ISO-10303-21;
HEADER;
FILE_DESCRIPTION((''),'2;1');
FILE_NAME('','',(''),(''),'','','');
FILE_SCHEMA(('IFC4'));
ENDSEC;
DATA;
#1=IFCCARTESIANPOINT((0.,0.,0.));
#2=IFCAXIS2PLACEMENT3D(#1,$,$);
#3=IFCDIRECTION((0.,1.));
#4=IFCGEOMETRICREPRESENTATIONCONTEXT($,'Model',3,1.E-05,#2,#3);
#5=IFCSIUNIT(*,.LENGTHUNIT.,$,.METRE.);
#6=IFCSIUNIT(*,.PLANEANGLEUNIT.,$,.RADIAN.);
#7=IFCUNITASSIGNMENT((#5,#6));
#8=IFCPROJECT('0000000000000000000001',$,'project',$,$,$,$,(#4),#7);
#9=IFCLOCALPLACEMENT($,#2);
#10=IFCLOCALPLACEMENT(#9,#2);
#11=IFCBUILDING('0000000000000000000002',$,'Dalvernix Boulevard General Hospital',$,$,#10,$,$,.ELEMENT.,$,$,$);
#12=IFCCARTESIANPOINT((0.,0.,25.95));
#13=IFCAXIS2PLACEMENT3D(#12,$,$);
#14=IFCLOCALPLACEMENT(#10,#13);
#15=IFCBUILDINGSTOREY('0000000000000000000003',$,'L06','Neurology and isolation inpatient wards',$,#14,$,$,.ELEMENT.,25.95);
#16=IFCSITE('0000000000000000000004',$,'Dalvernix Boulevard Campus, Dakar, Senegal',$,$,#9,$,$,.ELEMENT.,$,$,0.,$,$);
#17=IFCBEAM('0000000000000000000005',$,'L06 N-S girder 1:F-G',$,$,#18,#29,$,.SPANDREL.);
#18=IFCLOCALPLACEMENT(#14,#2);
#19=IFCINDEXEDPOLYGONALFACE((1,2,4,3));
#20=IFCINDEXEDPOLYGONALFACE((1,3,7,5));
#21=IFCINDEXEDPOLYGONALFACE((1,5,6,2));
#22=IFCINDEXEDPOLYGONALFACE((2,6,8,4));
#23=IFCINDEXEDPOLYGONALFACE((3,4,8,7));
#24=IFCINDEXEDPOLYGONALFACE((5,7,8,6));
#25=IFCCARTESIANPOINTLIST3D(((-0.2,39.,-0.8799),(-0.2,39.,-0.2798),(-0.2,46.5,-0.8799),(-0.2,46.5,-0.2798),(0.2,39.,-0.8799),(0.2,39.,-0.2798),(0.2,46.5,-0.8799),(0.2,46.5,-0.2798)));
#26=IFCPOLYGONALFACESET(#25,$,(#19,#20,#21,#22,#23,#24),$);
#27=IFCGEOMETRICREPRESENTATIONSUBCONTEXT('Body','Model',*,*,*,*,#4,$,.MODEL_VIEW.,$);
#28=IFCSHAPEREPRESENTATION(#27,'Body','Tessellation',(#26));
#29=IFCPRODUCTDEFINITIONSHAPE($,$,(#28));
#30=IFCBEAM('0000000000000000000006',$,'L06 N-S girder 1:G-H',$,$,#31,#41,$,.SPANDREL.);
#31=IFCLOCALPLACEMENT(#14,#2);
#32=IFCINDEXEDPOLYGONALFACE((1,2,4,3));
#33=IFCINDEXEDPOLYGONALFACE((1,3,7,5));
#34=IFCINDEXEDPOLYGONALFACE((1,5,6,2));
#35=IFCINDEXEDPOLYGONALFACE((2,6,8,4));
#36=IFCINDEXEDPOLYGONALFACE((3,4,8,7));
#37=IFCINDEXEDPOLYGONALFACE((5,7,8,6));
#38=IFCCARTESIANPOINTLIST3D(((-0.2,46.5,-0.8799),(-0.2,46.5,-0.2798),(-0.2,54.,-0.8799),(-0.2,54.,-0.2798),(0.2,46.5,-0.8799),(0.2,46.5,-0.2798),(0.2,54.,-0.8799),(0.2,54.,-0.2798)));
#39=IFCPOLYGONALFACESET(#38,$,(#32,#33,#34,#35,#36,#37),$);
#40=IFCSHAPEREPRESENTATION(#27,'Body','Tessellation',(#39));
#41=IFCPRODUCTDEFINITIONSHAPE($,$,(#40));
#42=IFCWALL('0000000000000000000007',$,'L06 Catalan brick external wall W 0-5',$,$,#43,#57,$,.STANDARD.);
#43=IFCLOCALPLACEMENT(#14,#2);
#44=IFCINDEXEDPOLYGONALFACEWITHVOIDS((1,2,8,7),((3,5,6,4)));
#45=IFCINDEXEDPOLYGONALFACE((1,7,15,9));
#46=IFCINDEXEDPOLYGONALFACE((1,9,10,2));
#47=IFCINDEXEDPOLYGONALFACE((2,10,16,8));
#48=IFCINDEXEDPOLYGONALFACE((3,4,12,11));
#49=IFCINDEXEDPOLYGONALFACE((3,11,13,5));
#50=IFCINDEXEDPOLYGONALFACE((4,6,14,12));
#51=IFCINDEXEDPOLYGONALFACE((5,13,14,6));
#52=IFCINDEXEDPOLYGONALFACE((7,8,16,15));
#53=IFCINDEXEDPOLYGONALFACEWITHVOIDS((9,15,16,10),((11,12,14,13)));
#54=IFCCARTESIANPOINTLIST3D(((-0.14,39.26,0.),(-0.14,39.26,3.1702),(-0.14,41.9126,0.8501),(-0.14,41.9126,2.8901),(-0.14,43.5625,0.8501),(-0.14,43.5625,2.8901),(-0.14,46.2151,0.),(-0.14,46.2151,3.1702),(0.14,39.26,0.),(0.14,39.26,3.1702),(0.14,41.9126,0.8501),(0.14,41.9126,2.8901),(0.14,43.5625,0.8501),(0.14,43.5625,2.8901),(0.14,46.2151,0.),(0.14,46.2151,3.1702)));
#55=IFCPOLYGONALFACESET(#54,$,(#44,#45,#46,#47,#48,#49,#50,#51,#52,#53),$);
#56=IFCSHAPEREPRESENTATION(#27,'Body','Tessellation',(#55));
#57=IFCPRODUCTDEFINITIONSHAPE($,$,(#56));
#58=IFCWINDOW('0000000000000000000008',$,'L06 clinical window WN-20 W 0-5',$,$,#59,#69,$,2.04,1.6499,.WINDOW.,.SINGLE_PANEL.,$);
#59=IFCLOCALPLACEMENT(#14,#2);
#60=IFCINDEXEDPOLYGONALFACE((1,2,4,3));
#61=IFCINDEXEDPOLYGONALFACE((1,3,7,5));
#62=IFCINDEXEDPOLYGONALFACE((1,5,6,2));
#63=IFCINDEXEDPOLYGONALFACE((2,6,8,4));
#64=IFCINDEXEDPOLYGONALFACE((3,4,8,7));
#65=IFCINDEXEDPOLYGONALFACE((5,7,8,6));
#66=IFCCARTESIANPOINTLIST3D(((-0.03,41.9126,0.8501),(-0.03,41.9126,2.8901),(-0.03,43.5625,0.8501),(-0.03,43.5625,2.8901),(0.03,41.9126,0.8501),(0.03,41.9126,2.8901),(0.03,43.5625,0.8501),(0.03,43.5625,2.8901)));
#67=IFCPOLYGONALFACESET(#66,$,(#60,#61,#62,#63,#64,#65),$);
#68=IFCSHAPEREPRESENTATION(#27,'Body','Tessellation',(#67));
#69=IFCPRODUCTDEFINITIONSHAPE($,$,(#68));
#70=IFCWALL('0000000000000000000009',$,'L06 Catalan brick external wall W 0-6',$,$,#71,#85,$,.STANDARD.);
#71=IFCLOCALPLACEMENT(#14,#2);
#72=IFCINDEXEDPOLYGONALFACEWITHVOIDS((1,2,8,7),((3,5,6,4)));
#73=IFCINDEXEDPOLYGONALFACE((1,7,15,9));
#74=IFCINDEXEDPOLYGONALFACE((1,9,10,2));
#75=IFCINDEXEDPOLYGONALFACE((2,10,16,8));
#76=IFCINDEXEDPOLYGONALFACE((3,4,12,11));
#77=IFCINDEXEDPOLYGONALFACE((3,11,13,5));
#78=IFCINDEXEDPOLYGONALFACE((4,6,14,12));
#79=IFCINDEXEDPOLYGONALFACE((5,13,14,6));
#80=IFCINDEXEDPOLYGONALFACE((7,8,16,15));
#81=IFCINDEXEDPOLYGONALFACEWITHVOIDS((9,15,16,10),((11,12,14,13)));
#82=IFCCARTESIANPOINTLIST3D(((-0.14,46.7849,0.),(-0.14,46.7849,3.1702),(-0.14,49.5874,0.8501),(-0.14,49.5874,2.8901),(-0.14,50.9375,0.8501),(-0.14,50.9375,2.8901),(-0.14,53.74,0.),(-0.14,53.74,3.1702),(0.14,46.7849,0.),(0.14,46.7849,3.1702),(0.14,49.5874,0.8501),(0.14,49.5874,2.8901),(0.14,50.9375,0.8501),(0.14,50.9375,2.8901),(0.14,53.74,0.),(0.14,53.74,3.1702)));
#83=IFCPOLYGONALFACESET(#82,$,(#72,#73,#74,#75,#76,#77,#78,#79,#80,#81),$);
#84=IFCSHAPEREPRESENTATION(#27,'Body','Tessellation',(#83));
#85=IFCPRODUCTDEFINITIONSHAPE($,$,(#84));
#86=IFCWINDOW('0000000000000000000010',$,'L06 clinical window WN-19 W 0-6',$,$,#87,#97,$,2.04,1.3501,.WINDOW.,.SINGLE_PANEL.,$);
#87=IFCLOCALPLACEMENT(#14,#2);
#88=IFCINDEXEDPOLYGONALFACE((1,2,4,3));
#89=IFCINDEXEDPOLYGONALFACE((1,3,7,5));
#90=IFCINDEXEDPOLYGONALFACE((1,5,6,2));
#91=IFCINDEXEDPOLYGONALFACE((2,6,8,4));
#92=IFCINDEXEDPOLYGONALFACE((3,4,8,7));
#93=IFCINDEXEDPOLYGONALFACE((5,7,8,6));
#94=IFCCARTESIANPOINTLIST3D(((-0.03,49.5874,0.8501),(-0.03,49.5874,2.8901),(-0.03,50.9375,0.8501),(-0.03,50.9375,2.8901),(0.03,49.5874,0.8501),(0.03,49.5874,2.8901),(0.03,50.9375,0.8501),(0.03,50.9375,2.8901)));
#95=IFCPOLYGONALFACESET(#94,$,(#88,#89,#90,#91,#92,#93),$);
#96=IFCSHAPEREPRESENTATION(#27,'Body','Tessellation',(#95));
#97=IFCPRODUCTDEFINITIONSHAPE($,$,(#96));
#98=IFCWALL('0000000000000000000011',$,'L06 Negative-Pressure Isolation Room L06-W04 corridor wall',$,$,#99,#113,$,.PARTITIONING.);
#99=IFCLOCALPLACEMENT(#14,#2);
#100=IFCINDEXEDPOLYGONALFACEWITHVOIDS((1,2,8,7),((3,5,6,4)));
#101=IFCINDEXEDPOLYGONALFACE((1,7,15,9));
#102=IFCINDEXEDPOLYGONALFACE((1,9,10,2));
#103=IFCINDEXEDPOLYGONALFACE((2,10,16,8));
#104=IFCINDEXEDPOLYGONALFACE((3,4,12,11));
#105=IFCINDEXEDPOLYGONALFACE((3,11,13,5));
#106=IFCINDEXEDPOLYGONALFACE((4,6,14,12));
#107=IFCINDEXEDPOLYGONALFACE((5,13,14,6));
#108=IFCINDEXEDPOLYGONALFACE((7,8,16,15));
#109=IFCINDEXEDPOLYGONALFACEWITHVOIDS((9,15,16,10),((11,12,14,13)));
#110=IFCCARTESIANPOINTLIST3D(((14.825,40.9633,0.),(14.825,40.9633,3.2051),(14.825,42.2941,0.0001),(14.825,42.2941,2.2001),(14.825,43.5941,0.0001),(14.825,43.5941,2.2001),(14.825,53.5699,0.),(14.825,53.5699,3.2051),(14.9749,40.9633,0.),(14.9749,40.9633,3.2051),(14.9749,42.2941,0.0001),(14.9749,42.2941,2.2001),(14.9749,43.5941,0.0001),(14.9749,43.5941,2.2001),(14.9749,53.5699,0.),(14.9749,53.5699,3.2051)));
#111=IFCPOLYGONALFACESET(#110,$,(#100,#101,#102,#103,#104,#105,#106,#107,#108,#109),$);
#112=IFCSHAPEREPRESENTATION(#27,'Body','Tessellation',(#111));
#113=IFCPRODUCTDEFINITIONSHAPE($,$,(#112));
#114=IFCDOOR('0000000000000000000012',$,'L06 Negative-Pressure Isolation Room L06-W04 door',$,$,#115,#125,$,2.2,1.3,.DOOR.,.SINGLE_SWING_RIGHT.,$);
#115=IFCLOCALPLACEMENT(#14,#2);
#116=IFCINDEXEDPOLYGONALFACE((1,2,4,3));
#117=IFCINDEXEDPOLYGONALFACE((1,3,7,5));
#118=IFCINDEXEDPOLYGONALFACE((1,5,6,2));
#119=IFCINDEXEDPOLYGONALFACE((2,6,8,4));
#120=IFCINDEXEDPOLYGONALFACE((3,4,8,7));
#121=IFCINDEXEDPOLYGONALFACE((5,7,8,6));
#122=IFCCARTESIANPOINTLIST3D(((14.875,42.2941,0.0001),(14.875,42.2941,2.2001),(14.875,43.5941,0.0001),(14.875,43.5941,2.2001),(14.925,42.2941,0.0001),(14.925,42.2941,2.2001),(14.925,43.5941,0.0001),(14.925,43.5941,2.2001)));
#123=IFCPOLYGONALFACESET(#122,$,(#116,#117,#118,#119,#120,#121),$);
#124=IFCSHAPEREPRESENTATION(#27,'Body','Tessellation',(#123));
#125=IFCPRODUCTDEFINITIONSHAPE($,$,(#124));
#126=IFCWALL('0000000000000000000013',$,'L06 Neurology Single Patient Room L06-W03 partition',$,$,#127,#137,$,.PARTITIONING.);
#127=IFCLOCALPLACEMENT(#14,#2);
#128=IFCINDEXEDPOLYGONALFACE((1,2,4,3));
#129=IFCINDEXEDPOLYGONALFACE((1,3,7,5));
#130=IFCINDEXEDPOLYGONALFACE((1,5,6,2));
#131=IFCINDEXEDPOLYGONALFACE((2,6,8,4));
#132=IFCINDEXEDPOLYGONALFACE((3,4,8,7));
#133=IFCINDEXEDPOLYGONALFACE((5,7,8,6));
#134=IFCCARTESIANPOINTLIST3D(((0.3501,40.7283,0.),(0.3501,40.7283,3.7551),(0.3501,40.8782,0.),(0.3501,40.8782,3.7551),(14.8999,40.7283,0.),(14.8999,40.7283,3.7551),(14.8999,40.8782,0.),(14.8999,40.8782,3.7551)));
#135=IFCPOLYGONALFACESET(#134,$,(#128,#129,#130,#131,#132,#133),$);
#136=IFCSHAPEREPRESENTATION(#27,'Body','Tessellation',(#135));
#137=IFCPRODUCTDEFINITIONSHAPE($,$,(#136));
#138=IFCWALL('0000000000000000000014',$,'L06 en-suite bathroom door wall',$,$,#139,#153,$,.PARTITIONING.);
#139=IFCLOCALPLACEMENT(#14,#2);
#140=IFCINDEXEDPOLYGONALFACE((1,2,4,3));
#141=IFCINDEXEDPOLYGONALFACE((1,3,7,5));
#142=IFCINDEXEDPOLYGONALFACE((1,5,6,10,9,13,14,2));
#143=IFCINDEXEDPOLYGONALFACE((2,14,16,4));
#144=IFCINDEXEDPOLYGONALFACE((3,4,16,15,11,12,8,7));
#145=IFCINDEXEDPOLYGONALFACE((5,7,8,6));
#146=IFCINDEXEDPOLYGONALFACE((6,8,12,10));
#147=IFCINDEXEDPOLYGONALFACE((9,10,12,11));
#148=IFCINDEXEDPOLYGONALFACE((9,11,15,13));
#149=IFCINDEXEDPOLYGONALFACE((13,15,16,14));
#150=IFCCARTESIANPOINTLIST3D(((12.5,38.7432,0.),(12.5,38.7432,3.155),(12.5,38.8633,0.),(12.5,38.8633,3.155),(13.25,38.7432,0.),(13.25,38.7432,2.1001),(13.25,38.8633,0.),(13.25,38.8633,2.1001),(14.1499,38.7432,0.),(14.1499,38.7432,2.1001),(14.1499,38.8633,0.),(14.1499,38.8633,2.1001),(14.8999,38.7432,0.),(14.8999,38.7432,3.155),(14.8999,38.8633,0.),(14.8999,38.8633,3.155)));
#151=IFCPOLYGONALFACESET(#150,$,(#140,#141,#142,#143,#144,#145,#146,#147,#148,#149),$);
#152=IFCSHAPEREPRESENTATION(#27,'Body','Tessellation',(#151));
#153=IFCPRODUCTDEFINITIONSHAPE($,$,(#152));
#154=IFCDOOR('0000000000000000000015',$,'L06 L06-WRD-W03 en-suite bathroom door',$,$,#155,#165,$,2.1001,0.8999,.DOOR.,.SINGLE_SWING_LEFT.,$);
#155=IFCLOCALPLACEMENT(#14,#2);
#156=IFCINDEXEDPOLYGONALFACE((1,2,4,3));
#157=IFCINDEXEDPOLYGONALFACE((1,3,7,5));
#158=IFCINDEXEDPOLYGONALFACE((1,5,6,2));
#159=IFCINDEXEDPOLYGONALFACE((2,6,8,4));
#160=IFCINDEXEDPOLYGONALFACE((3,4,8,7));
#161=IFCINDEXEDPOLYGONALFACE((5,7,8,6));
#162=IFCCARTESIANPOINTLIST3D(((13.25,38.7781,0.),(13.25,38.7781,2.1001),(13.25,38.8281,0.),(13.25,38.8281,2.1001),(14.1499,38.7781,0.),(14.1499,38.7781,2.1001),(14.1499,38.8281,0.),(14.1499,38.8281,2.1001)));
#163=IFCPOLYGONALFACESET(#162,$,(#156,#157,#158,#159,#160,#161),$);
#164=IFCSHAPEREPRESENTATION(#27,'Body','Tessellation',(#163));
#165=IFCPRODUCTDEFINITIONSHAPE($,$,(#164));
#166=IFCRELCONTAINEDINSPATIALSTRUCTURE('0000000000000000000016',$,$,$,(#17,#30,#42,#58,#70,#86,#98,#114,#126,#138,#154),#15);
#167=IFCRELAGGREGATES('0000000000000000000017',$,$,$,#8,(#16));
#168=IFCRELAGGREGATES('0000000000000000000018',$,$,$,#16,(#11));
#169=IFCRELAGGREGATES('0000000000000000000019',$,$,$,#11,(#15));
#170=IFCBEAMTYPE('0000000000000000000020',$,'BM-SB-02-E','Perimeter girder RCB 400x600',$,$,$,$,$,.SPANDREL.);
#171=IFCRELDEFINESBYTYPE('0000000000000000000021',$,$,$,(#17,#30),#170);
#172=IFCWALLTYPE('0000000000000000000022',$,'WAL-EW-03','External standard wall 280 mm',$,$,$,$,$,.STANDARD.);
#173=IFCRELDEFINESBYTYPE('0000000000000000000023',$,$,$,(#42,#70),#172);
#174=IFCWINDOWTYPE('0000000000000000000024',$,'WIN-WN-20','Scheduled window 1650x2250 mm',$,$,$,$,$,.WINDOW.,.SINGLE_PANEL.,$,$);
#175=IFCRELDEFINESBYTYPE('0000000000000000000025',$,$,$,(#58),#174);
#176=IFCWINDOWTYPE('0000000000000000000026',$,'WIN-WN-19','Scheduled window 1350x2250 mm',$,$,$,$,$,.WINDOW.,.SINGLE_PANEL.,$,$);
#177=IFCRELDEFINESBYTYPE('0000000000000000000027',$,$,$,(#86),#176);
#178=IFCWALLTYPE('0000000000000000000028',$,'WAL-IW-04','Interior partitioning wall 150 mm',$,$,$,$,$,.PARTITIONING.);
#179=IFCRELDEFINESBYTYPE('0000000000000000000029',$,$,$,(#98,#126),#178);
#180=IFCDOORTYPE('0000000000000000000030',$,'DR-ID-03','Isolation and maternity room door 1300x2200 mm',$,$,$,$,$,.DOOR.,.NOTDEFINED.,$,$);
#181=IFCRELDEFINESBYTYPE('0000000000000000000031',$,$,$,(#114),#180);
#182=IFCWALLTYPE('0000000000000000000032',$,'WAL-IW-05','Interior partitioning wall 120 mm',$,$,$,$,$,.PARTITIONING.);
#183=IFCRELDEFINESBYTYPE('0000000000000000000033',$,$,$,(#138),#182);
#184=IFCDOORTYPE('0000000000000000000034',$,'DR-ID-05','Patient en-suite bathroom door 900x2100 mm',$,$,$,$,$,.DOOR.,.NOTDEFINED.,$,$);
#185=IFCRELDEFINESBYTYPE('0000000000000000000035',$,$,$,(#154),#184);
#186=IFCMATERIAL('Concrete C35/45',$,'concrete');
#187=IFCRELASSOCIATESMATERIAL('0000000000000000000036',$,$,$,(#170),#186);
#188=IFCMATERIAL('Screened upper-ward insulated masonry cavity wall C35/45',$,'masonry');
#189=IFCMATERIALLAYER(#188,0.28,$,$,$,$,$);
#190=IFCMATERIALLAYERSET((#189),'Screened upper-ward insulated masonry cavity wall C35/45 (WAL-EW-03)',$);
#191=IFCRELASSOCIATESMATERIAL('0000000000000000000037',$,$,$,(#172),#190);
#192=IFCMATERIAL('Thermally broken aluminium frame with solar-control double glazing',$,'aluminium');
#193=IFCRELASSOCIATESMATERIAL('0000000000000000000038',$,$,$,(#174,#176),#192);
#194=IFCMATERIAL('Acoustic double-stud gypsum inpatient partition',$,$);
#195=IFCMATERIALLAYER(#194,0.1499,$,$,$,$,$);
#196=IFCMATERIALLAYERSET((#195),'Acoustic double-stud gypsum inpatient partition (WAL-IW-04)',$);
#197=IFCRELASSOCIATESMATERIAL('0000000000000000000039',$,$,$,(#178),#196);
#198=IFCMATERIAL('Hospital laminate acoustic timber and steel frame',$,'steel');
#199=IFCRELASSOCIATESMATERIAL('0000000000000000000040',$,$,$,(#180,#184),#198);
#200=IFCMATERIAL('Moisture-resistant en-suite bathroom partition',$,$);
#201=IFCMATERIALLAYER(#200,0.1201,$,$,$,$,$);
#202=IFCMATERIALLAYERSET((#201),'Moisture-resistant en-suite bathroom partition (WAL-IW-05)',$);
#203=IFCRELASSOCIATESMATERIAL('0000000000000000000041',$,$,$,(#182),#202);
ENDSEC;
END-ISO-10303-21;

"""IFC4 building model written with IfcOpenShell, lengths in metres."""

from ifc_helpers import new_model, si_unit, direction, frame, frame_2d, origin, origin_2d, place, context, subcontext, project, spatial, rectangle, extrude, material, layer, layer_set, material_profile, profile_set, type_object, element, fill, save


model = new_model("IFC4")

# Units and contexts
model_context = context("Model", 3, precision=1e-05, world=origin(), true_north=direction((0.0, 1.0)))
body_context = subcontext(model_context, "Body", "Model", "MODEL_VIEW")
ifc_project = project(units=[si_unit("LENGTHUNIT", "METRE"), si_unit("PLANEANGLEUNIT", "RADIAN")], contexts=[model_context])

# Site, building, storey
site_placement = place(None, origin())
site = spatial("IfcSite", under=ifc_project, at=site_placement, Name="Dalvernix Boulevard Campus, Dakar, Senegal", CompositionType="ELEMENT", RefElevation=0.0)
building_placement = place(site_placement, origin())
building = spatial("IfcBuilding", under=site, at=building_placement, Name="Dalvernix Boulevard General Hospital", CompositionType="ELEMENT")
storey_placement = place(building_placement, frame((0.0, 0.0, 25.95)))
storey = spatial("IfcBuildingStorey", under=building, at=storey_placement, Name="L06", Description="Neurology and isolation inpatient wards", CompositionType="ELEMENT", Elevation=25.95)

# Beams
ifc_material_1 = material(Name="Concrete C35/45", Category="concrete")
ifc_material_profile_1 = material_profile(ifc_material_1, rectangle(XDim=0.3999, YDim=0.6001, at=origin_2d()), Name="RCB 400x600")
ifc_profile_set_1 = profile_set([ifc_material_profile_1], Name="Concrete C35/45")
beam_type_1 = type_object("IfcBeamType", Name="BM-SB-02-E", Description="Perimeter girder RCB 400x600", PredefinedType="SPANDREL", material=ifc_profile_set_1)
for number, where, z_axis, x_axis, name in (
    (1, (0.0, 39.0, -0.5798), (0.0, 1.0, 0.0), (-1.0, 0.0, 0.0), "L06 N-S girder 1:F-G"),
    (2, (0.0, 46.5, -0.5798), (0.0, 1.0, 0.0), (-1.0, 0.0, 0.0), "L06 N-S girder 1:G-H"),
):
    element("IfcBeam", number, at=place(storey_placement, frame(where, z_axis=z_axis, x_axis=x_axis)), inside=storey, type_object=beam_type_1, Name=name, PredefinedType="SPANDREL", context=body_context, shape_type="SweptSolid", body=[
        extrude(rectangle(XDim=0.3999, YDim=0.6001, at=origin_2d()), origin(), (0.0, 0.0, 1.0), 7.5),
    ])

# Walls, openings, windows
ifc_material_2 = material(Name="Screened upper-ward insulated masonry cavity wall C35/45", Category="masonry")
ifc_layer_1 = layer(ifc_material_2, 0.28)
ifc_layer_set_1 = layer_set([ifc_layer_1], Name="Screened upper-ward insulated masonry cavity wall C35/45 (WAL-EW-03)")
wall_type_1 = type_object("IfcWallType", Name="WAL-EW-03", Description="External standard wall 280 mm", PredefinedType="STANDARD", material=ifc_layer_set_1)
wall_1_placement = place(storey_placement, frame((0.0, 39.26, 0.0), z_axis=(0.0, 0.0, 1.0), x_axis=(0.0, 1.0, 0.0)))
wall_1 = element("IfcWall", 3, at=wall_1_placement, inside=storey, type_object=wall_type_1, Name="L06 Catalan brick external wall W 0-5", PredefinedType="STANDARD", context=body_context, shape_type="SweptSolid", body=[
    extrude(rectangle(XDim=6.9551, YDim=0.28, at=frame_2d((3.4775, 0.0))), origin(), (0.0, 0.0, 1.0), 3.1702),
])
opening_1_placement = place(wall_1_placement, frame((2.6526, 0.0, 0.8501)))
opening_1 = element("IfcOpeningElement", 4, at=opening_1_placement, cuts=wall_1, PredefinedType="OPENING", context=body_context, shape_type="SweptSolid", body=[
    extrude(rectangle(XDim=1.6499, YDim=2.04, at=frame_2d((0.825, 1.02))), frame((0.0, 0.1499, 0.0), z_axis=(0.0, -1.0, 0.0), x_axis=(1.0, 0.0, 0.0)), (0.0, 0.0, 1.0), 0.3),
])
ifc_material_3 = material(Name="Thermally broken aluminium frame with solar-control double glazing", Category="aluminium")
window_type_1 = type_object("IfcWindowType", Name="WIN-WN-20", Description="Scheduled window 1650x2250 mm", PartitioningType="SINGLE_PANEL", PredefinedType="WINDOW", material=ifc_material_3)
window_1_placement = place(opening_1_placement, origin())
window_1 = element("IfcWindow", 5, at=window_1_placement, inside=storey, type_object=window_type_1, Name="L06 clinical window WN-20 W 0-5", OverallHeight=2.04, OverallWidth=1.6499, PartitioningType="SINGLE_PANEL", PredefinedType="WINDOW", context=body_context, shape_type="SweptSolid", body=[
    extrude(rectangle(XDim=1.6499, YDim=2.04, at=frame_2d((0.825, 1.02))), frame((0.0, 0.03, 0.0), z_axis=(0.0, -1.0, 0.0), x_axis=(1.0, 0.0, 0.0)), (0.0, 0.0, 1.0), 0.0601),
])
fill(opening_1, window_1)
wall_2_placement = place(storey_placement, frame((0.0, 46.7849, 0.0), z_axis=(0.0, 0.0, 1.0), x_axis=(0.0, 1.0, 0.0)))
wall_2 = element("IfcWall", 6, at=wall_2_placement, inside=storey, type_object=wall_type_1, Name="L06 Catalan brick external wall W 0-6", PredefinedType="STANDARD", context=body_context, shape_type="SweptSolid", body=[
    extrude(rectangle(XDim=6.9551, YDim=0.28, at=frame_2d((3.4775, 0.0))), origin(), (0.0, 0.0, 1.0), 3.1702),
])
opening_2_placement = place(wall_2_placement, frame((2.8025, 0.0, 0.8501)))
opening_2 = element("IfcOpeningElement", 7, at=opening_2_placement, cuts=wall_2, PredefinedType="OPENING", context=body_context, shape_type="SweptSolid", body=[
    extrude(rectangle(XDim=1.3501, YDim=2.04, at=frame_2d((0.675, 1.02))), frame((0.0, 0.1499, 0.0), z_axis=(0.0, -1.0, 0.0), x_axis=(1.0, 0.0, 0.0)), (0.0, 0.0, 1.0), 0.3),
])
window_type_2 = type_object("IfcWindowType", Name="WIN-WN-19", Description="Scheduled window 1350x2250 mm", PartitioningType="SINGLE_PANEL", PredefinedType="WINDOW", material=ifc_material_3)
window_2_placement = place(opening_2_placement, origin())
window_2 = element("IfcWindow", 8, at=window_2_placement, inside=storey, type_object=window_type_2, Name="L06 clinical window WN-19 W 0-6", OverallHeight=2.04, OverallWidth=1.3501, PartitioningType="SINGLE_PANEL", PredefinedType="WINDOW", context=body_context, shape_type="SweptSolid", body=[
    extrude(rectangle(XDim=1.3501, YDim=2.04, at=frame_2d((0.675, 1.02))), frame((0.0, 0.03, 0.0), z_axis=(0.0, -1.0, 0.0), x_axis=(1.0, 0.0, 0.0)), (0.0, 0.0, 1.0), 0.0601),
])
fill(opening_2, window_2)

# Wall, opening, door
ifc_material_4 = material(Name="Acoustic double-stud gypsum inpatient partition")
ifc_layer_2 = layer(ifc_material_4, 0.1499)
ifc_layer_set_2 = layer_set([ifc_layer_2], Name="Acoustic double-stud gypsum inpatient partition (WAL-IW-04)")
wall_type_2 = type_object("IfcWallType", Name="WAL-IW-04", Description="Interior partitioning wall 150 mm", PredefinedType="PARTITIONING", material=ifc_layer_set_2)
wall_3_placement = place(storey_placement, frame((14.8999, 40.9634, 0.0), z_axis=(0.0, 0.0, 1.0), x_axis=(0.0, 1.0, 0.0)))
wall_3 = element("IfcWall", 9, at=wall_3_placement, inside=storey, type_object=wall_type_2, Name="L06 Negative-Pressure Isolation Room L06-W04 corridor wall", PredefinedType="PARTITIONING", context=body_context, shape_type="SweptSolid", body=[
    extrude(rectangle(XDim=12.6067, YDim=0.1499, at=frame_2d((6.3032, 0.0))), origin(), (0.0, 0.0, 1.0), 3.2051),
])
opening_3_placement = place(wall_3_placement, frame((1.3308, 0.0, 0.0)))
opening_3 = element("IfcOpeningElement", 10, at=opening_3_placement, cuts=wall_3, PredefinedType="OPENING", context=body_context, shape_type="SweptSolid", body=[
    extrude(rectangle(XDim=1.3, YDim=2.2, at=frame_2d((0.6499, 1.1001))), frame((0.0, 0.085, 0.0), z_axis=(0.0, -1.0, 0.0), x_axis=(1.0, 0.0, 0.0)), (0.0, 0.0, 1.0), 0.1699),
])
ifc_material_5 = material(Name="Hospital laminate acoustic timber and steel frame", Category="steel")
door_type_1 = type_object("IfcDoorType", Name="DR-ID-03", Description="Isolation and maternity room door 1300x2200 mm", OperationType="NOTDEFINED", PredefinedType="DOOR", material=ifc_material_5)
door_1_placement = place(opening_3_placement, origin())
door_1 = element("IfcDoor", 11, at=door_1_placement, inside=storey, type_object=door_type_1, Name="L06 Negative-Pressure Isolation Room L06-W04 door", OperationType="SINGLE_SWING_RIGHT", OverallHeight=2.2, OverallWidth=1.3, PredefinedType="DOOR", context=body_context, shape_type="SweptSolid", body=[
    extrude(rectangle(XDim=1.3, YDim=2.2, at=frame_2d((0.6499, 1.1001))), frame((0.0, 0.0249, 0.0), z_axis=(0.0, -1.0, 0.0), x_axis=(1.0, 0.0, 0.0)), (0.0, 0.0, 1.0), 0.05),
])
fill(opening_3, door_1)

# Wall
wall_4_placement = place(storey_placement, frame((0.3501, 40.8032, 0.0), z_axis=(0.0, 0.0, 1.0), x_axis=(1.0, 0.0, 0.0)))
element("IfcWall", 12, at=wall_4_placement, inside=storey, type_object=wall_type_2, Name="L06 Neurology Single Patient Room L06-W03 partition", PredefinedType="PARTITIONING", context=body_context, shape_type="SweptSolid", body=[
    extrude(rectangle(XDim=14.5498, YDim=0.1499, at=frame_2d((7.2749, 0.0))), origin(), (0.0, 0.0, 1.0), 3.7551),
])

# Wall, opening, door
ifc_material_6 = material(Name="Moisture-resistant en-suite bathroom partition")
ifc_layer_3 = layer(ifc_material_6, 0.1201)
ifc_layer_set_3 = layer_set([ifc_layer_3], Name="Moisture-resistant en-suite bathroom partition (WAL-IW-05)")
wall_type_3 = type_object("IfcWallType", Name="WAL-IW-05", Description="Interior partitioning wall 120 mm", PredefinedType="PARTITIONING", material=ifc_layer_set_3)
wall_5_placement = place(storey_placement, frame((12.5, 38.8032, 0.0), z_axis=(0.0, 0.0, 1.0), x_axis=(1.0, 0.0, 0.0)))
wall_5 = element("IfcWall", 13, at=wall_5_placement, inside=storey, type_object=wall_type_3, Name="L06 en-suite bathroom door wall", PredefinedType="PARTITIONING", context=body_context, shape_type="SweptSolid", body=[
    extrude(rectangle(XDim=2.3999, YDim=0.1201, at=frame_2d((1.2, 0.0))), origin(), (0.0, 0.0, 1.0), 3.155),
])
opening_4_placement = place(wall_5_placement, frame((0.75, 0.0, 0.0)))
opening_4 = element("IfcOpeningElement", 14, at=opening_4_placement, cuts=wall_5, PredefinedType="OPENING", context=body_context, shape_type="SweptSolid", body=[
    extrude(rectangle(XDim=0.8999, YDim=2.1001, at=frame_2d((0.45, 1.05))), frame((0.0, 0.0701, 0.0), z_axis=(0.0, -1.0, 0.0), x_axis=(1.0, 0.0, 0.0)), (0.0, 0.0, 1.0), 0.1401),
])
door_type_2 = type_object("IfcDoorType", Name="DR-ID-05", Description="Patient en-suite bathroom door 900x2100 mm", OperationType="NOTDEFINED", PredefinedType="DOOR", material=ifc_material_5)
door_2_placement = place(opening_4_placement, origin())
door_2 = element("IfcDoor", 15, at=door_2_placement, inside=storey, type_object=door_type_2, Name="L06 L06-WRD-W03 en-suite bathroom door", OperationType="SINGLE_SWING_LEFT", OverallHeight=2.1001, OverallWidth=0.8999, PredefinedType="DOOR", context=body_context, shape_type="SweptSolid", body=[
    extrude(rectangle(XDim=0.8999, YDim=2.1001, at=frame_2d((0.45, 1.05))), frame((0.0, 0.0249, 0.0), z_axis=(0.0, -1.0, 0.0), x_axis=(1.0, 0.0, 0.0)), (0.0, 0.0, 1.0), 0.05),
])
fill(opening_4, door_2)

save(model, "model.ifc")
